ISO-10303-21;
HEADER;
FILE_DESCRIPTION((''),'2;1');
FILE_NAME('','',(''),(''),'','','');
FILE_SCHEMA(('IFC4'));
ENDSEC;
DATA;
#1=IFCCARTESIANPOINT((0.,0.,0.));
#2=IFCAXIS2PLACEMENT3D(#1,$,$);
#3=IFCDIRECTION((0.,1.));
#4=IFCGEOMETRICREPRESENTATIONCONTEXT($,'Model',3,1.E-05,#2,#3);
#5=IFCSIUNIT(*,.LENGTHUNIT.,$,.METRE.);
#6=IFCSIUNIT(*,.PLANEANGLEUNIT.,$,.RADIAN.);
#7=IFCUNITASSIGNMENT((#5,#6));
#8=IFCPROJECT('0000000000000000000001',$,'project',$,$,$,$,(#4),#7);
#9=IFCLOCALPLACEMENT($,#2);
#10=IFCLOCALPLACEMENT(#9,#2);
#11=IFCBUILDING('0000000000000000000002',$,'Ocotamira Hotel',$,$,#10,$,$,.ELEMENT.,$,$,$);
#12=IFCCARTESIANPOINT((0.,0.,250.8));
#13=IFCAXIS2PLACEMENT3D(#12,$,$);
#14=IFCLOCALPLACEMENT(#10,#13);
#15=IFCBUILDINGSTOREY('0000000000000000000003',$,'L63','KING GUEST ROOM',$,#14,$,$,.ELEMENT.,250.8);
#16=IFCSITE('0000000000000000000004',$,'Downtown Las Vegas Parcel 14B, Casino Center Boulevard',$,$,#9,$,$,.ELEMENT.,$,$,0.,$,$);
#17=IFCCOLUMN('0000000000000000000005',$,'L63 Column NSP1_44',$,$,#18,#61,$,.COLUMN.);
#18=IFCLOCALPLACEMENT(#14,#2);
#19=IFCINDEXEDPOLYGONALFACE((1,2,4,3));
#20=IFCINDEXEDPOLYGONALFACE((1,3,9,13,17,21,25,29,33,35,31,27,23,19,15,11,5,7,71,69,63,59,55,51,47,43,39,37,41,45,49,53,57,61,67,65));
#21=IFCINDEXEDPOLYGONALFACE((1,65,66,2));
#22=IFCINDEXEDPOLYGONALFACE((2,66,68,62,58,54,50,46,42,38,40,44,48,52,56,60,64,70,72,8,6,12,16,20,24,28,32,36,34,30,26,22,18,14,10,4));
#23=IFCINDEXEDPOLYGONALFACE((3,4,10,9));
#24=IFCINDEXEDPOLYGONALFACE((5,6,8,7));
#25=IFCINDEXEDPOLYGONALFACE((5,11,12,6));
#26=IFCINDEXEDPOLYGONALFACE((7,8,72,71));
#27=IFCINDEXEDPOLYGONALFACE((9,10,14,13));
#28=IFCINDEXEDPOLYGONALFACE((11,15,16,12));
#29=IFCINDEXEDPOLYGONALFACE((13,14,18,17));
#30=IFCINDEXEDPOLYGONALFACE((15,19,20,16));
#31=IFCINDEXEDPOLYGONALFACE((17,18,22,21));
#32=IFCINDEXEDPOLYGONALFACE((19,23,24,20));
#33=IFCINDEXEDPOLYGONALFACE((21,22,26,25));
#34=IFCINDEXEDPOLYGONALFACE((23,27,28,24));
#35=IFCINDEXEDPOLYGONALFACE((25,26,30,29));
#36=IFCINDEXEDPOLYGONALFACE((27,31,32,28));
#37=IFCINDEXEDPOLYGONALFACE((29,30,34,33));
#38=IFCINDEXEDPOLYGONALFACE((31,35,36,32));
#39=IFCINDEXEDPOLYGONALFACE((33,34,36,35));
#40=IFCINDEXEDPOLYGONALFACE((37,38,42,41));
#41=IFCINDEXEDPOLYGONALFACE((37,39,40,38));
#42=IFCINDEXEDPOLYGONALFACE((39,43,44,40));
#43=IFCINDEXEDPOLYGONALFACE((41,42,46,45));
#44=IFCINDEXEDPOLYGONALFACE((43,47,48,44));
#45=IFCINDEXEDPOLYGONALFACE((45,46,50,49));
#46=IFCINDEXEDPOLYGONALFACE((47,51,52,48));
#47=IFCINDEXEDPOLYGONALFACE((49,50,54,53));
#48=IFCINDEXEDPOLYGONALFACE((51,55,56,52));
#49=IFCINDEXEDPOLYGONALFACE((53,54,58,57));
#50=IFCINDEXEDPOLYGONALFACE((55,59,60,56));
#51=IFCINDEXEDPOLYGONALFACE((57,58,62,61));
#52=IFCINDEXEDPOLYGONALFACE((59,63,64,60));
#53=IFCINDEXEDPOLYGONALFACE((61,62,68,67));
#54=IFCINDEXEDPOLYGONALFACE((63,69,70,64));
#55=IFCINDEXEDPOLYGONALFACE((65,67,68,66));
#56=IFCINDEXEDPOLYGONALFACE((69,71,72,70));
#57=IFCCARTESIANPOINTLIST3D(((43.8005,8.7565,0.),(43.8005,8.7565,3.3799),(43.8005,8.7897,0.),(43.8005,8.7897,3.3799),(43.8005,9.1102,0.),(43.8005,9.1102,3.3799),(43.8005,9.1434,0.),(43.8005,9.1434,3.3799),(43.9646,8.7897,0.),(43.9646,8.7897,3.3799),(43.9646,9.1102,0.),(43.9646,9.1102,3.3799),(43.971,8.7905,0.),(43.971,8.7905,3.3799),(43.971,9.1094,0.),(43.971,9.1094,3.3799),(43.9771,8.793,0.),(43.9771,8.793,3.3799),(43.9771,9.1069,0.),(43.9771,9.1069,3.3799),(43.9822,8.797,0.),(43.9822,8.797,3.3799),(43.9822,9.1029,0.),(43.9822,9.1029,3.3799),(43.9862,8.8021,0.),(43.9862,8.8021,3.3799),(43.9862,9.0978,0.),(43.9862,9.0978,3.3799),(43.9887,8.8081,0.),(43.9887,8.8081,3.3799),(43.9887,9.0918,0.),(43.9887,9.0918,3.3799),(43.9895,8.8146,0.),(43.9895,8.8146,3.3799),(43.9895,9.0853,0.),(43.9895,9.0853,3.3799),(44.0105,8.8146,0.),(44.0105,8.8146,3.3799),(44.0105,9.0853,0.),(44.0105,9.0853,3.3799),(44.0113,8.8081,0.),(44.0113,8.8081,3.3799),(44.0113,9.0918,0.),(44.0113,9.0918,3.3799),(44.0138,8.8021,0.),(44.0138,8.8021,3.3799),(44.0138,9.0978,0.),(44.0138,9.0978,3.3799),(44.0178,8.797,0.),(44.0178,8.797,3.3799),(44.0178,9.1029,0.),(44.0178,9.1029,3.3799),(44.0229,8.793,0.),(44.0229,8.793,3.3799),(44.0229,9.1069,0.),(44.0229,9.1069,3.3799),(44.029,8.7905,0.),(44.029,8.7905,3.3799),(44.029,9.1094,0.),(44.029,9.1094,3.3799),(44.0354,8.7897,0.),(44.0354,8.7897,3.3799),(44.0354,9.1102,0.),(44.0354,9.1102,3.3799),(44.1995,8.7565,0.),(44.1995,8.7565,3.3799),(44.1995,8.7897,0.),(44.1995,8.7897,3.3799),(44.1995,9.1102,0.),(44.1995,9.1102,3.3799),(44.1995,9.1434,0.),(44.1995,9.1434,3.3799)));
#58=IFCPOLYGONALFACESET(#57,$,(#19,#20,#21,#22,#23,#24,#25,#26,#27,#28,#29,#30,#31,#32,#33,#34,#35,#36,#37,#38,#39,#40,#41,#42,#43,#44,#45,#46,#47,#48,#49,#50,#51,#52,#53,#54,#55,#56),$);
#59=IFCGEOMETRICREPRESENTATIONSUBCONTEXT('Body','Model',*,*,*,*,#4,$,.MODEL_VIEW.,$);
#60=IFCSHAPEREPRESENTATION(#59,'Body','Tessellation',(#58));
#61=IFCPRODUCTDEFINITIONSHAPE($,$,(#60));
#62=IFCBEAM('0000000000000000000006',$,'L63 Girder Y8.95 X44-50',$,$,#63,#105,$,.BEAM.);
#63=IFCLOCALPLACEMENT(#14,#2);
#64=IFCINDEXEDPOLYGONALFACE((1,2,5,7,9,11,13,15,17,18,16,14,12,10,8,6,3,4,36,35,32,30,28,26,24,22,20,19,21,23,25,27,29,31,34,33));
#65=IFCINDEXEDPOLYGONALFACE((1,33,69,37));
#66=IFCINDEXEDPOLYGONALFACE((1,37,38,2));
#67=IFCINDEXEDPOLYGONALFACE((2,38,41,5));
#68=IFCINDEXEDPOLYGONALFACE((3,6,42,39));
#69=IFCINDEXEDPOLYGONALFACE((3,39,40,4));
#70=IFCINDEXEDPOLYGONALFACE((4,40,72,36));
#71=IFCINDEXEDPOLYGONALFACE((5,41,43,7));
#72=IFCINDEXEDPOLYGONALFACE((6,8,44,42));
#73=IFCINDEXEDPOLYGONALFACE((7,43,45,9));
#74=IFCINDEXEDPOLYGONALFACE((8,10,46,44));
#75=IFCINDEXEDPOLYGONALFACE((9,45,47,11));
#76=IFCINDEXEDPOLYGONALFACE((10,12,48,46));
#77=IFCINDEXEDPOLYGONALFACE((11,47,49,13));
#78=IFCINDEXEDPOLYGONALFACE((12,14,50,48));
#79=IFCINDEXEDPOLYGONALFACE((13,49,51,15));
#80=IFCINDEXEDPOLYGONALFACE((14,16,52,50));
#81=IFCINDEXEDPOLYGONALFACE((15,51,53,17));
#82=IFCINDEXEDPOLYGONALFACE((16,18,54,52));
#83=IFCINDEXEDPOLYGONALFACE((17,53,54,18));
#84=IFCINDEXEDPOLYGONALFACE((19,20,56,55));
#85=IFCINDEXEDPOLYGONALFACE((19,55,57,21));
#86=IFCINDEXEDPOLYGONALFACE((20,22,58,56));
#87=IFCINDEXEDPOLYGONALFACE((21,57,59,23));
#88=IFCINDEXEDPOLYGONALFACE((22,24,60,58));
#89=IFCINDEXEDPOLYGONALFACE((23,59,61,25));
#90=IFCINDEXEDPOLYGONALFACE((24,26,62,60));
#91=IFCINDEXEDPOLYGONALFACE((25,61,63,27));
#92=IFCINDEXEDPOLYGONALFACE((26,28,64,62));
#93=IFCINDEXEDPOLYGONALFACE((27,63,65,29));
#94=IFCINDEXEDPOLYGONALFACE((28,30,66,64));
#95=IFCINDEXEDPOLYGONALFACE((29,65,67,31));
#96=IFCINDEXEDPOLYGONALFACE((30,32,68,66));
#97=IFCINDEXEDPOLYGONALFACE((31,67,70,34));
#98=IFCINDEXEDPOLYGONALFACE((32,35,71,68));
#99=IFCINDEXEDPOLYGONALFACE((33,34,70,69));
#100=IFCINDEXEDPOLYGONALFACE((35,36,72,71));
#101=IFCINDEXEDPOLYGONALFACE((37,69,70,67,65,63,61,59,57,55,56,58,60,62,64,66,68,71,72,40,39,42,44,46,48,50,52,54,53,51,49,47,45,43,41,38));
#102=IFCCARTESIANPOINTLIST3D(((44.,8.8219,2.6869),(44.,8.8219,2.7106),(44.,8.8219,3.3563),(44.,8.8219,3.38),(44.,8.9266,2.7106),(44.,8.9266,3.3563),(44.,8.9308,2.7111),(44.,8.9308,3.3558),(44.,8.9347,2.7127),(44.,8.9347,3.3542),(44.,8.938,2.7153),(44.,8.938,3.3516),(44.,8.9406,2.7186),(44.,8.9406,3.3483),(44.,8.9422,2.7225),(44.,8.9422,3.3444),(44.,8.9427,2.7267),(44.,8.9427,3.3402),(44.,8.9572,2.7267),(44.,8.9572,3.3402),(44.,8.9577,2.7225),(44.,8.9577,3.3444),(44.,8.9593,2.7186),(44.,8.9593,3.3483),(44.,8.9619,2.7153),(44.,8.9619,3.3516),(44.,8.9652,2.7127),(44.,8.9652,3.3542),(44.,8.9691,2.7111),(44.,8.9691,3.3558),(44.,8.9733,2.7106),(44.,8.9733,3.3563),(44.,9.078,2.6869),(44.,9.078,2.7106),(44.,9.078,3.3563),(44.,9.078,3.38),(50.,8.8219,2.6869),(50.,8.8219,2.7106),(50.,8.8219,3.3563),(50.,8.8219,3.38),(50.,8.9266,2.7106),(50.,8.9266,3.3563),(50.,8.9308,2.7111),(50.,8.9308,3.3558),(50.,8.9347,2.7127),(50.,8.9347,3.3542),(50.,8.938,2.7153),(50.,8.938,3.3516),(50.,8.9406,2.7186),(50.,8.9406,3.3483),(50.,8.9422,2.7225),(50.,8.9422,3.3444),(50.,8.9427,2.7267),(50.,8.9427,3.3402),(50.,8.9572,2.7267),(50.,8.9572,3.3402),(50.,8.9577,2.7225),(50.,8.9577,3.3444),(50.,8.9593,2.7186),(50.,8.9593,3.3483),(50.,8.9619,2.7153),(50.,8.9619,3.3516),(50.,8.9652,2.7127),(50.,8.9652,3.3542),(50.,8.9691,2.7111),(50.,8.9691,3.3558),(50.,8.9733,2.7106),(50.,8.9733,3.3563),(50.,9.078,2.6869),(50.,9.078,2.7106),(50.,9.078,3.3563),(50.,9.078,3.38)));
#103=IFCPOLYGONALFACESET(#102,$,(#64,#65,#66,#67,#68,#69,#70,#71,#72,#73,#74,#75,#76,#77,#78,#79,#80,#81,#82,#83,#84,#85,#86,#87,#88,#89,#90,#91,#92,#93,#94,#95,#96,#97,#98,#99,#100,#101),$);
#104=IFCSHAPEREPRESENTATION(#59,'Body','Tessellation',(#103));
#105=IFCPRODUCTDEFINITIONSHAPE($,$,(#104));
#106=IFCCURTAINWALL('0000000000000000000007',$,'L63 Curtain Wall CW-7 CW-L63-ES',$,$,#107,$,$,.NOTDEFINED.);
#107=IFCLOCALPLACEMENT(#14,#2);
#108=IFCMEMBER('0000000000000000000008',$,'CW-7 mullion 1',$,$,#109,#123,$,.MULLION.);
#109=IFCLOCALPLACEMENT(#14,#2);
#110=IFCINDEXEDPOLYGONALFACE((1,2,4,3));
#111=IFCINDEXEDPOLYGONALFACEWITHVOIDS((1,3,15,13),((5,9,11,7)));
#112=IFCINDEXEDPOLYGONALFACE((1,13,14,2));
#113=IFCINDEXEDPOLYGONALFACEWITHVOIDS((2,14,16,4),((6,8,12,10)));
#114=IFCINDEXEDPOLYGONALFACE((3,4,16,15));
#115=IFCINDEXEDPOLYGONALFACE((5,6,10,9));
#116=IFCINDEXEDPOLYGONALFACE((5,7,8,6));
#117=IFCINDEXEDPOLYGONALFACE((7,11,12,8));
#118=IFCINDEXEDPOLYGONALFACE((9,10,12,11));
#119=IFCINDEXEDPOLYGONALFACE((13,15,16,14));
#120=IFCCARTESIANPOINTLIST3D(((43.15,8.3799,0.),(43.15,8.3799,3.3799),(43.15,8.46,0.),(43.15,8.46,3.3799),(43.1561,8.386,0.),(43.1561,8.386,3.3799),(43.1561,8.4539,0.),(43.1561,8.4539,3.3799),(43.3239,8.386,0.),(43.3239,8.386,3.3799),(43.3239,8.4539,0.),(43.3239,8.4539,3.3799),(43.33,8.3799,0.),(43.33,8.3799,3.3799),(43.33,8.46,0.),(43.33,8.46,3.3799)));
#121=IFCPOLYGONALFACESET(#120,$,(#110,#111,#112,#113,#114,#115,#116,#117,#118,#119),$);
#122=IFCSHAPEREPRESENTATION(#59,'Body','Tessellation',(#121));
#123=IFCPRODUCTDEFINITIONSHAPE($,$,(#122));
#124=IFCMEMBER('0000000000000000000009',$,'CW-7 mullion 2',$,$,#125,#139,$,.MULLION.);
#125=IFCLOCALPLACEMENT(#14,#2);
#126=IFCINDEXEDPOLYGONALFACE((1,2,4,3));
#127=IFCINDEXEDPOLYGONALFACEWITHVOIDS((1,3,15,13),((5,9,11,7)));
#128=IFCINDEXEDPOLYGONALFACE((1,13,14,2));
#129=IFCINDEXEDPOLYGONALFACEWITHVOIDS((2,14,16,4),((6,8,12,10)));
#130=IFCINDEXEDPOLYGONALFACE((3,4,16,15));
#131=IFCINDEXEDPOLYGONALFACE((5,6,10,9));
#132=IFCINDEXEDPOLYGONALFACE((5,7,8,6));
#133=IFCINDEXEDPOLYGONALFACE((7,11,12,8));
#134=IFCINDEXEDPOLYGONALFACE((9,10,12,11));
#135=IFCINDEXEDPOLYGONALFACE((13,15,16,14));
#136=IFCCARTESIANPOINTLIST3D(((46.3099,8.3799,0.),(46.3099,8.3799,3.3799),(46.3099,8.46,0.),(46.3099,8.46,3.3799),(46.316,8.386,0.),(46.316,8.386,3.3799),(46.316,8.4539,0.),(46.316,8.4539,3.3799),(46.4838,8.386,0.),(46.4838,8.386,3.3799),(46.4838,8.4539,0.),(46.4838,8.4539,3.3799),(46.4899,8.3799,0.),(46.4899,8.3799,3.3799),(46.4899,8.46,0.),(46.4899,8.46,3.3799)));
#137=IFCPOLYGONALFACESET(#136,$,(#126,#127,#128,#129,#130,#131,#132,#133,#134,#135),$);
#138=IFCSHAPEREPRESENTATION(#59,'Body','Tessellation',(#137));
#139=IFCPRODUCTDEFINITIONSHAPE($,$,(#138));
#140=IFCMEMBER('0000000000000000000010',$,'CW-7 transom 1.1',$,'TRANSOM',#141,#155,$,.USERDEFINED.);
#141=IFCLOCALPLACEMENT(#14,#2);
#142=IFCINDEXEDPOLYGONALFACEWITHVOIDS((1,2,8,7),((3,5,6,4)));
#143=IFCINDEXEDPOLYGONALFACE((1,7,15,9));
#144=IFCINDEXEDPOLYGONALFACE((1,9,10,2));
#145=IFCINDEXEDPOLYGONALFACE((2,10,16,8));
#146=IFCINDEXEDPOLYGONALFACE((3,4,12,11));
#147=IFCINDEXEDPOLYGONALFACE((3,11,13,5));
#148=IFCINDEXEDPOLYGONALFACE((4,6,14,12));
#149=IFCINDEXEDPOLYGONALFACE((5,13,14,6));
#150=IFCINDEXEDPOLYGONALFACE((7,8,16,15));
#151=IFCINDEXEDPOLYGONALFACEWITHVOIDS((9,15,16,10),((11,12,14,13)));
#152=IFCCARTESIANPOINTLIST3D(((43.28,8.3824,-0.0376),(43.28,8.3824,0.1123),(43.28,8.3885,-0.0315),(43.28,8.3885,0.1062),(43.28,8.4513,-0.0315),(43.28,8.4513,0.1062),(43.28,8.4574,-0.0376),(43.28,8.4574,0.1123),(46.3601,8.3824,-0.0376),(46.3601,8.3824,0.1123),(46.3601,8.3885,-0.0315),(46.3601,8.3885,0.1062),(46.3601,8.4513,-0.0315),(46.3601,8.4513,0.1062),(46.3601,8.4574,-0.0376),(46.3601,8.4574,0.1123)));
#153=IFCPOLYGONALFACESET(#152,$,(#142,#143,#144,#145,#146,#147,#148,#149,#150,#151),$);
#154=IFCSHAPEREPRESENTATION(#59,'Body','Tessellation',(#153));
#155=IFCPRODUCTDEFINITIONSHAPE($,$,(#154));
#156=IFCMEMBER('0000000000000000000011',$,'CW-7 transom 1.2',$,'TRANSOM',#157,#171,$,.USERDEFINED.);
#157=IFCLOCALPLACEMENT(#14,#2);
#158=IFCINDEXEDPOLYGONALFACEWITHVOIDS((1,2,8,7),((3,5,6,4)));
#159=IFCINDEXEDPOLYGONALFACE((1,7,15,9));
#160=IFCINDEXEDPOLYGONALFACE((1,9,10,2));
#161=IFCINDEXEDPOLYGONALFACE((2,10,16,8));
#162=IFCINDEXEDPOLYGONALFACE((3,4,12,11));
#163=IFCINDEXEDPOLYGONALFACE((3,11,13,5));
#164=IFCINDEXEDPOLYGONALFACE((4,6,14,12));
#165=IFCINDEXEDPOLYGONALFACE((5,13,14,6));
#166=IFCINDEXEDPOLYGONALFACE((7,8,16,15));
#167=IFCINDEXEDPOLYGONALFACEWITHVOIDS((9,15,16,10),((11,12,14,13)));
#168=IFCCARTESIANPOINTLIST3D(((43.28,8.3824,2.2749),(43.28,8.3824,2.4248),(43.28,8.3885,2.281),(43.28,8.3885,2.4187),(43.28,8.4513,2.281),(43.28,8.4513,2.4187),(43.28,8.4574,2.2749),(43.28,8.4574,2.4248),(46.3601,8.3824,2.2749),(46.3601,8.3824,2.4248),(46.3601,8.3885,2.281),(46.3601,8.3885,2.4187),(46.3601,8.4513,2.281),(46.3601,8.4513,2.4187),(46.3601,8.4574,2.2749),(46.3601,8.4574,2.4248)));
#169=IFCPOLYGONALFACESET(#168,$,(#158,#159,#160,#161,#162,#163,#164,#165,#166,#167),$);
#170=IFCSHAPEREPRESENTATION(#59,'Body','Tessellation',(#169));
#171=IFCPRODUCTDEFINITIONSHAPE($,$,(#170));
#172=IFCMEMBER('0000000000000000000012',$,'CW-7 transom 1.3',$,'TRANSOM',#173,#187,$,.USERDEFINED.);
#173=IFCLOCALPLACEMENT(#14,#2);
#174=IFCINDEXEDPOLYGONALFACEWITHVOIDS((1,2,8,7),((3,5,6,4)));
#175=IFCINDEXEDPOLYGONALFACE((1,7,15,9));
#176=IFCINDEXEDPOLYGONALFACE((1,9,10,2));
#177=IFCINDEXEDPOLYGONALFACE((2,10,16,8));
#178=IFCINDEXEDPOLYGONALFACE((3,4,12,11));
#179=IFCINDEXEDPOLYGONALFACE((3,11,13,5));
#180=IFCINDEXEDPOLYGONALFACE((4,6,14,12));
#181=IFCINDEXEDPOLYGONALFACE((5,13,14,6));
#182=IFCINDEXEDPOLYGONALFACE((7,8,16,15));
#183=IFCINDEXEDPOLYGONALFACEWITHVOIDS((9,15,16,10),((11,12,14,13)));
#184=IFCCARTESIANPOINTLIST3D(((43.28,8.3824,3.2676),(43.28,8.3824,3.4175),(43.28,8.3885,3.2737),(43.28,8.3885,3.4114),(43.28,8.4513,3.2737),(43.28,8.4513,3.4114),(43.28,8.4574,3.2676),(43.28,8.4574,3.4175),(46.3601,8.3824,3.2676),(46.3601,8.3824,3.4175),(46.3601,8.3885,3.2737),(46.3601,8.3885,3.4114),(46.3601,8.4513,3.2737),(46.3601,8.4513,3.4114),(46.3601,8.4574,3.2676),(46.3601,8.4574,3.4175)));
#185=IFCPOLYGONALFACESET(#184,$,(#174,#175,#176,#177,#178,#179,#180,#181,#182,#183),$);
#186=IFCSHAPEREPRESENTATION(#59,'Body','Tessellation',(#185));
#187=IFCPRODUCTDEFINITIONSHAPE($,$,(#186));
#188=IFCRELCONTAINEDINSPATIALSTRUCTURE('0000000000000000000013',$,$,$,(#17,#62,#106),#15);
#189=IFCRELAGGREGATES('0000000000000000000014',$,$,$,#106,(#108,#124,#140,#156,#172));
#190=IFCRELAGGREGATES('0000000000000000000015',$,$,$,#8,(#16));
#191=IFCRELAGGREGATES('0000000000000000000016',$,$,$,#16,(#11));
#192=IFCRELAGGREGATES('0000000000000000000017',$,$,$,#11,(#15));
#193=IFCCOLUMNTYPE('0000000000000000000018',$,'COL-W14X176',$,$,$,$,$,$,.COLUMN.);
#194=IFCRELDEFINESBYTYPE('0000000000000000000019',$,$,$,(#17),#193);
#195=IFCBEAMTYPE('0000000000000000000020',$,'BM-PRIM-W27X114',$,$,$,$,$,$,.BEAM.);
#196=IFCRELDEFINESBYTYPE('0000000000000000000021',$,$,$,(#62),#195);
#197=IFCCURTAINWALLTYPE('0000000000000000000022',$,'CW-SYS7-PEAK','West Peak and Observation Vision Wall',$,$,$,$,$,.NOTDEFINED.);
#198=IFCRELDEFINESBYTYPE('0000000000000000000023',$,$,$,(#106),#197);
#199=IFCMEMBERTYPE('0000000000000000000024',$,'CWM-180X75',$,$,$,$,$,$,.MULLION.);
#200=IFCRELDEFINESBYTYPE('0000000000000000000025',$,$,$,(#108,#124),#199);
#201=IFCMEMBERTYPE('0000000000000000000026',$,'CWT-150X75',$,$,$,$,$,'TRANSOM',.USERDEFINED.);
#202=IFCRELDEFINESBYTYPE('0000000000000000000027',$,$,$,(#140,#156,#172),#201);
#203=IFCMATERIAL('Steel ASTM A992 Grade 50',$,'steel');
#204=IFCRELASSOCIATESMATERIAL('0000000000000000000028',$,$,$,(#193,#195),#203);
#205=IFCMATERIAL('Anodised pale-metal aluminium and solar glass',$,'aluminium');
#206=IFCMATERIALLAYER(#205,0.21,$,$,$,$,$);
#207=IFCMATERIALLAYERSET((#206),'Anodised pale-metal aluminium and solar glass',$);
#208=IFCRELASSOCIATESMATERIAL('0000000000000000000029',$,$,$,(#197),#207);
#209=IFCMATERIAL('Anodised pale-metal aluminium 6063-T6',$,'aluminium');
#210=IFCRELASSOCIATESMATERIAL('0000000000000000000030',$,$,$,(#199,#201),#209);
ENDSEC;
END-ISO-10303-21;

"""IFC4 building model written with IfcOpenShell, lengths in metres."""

from ifc_helpers import new_model, si_unit, direction, frame, origin, origin_2d, place, context, subcontext, project, spatial, hollow_rectangle, i_section, extrude, source, transform, mapped, material, layer, layer_set, material_profile, profile_set, type_object, element, aggregate, save


model = new_model("IFC4")

# Units and contexts
model_context = context("Model", 3, precision=1e-05, world=origin(), true_north=direction((0.0, 1.0)))
body_context = subcontext(model_context, "Body", "Model", "MODEL_VIEW")
ifc_project = project(units=[si_unit("LENGTHUNIT", "METRE"), si_unit("PLANEANGLEUNIT", "RADIAN")], contexts=[model_context])

# Site, building, storey
site_placement = place(None, origin())
site = spatial("IfcSite", under=ifc_project, at=site_placement, Name="Downtown Las Vegas Parcel 14B, Casino Center Boulevard", CompositionType="ELEMENT", RefElevation=0.0)
building_placement = place(site_placement, origin())
building = spatial("IfcBuilding", under=site, at=building_placement, Name="Ocotamira Hotel", CompositionType="ELEMENT")
storey_placement = place(building_placement, frame((0.0, 0.0, 250.8)))
storey = spatial("IfcBuildingStorey", under=building, at=storey_placement, Name="L63", Description="KING GUEST ROOM", CompositionType="ELEMENT", Elevation=250.8)

# Column
ifc_material_1 = material(Name="Steel ASTM A992 Grade 50", Category="steel")
ifc_material_profile_1 = material_profile(ifc_material_1, i_section(OverallWidth=0.3989, OverallDepth=0.387, WebThickness=0.021, FlangeThickness=0.0332, FilletRadius=0.0249, at=origin_2d()), Name="W14X176")
ifc_profile_set_1 = profile_set([ifc_material_profile_1], Name="Steel ASTM A992 Grade 50")
column_type = type_object("IfcColumnType", Name="COL-W14X176", PredefinedType="COLUMN", material=ifc_profile_set_1)
shared_shape_1 = source(origin(), body_context, "Body", "SweptSolid", [
    extrude(i_section(OverallWidth=0.3989, OverallDepth=0.387, WebThickness=0.021, FlangeThickness=0.0332, FilletRadius=0.0249, at=origin_2d()), origin(), (0.0, 0.0, 1.0), 3.3799),
])
column_placement = place(storey_placement, frame((44.0, 8.95, 0.0), z_axis=(0.0, 0.0, 1.0), x_axis=(1.0, 0.0, 0.0)))
element("IfcColumn", 1, at=column_placement, inside=storey, type_object=column_type, Name="L63 Column NSP1_44", PredefinedType="COLUMN", context=body_context, shape_type="MappedRepresentation", body=[
    mapped(shared_shape_1, transform((0.0, 0.0, 0.0), scale=1.0)),
])

# Beam
ifc_material_profile_2 = material_profile(ifc_material_1, i_section(OverallWidth=0.2561, OverallDepth=0.6931, WebThickness=0.0144, FlangeThickness=0.0237, FilletRadius=0.0161, at=origin_2d()), Name="W27X114")
ifc_profile_set_2 = profile_set([ifc_material_profile_2], Name="Steel ASTM A992 Grade 50")
beam_type = type_object("IfcBeamType", Name="BM-PRIM-W27X114", PredefinedType="BEAM", material=ifc_profile_set_2)
shared_shape_2 = source(origin(), body_context, "Body", "SweptSolid", [
    extrude(i_section(OverallWidth=0.2561, OverallDepth=0.6931, WebThickness=0.0144, FlangeThickness=0.0237, FilletRadius=0.0161, at=origin_2d()), origin(), (0.0, 0.0, 1.0), 6.0),
])
beam_placement = place(storey_placement, frame((44.0, 8.95, 3.0334), z_axis=(1.0, 0.0, 0.0), x_axis=(0.0, 1.0, 0.0)))
element("IfcBeam", 2, at=beam_placement, inside=storey, type_object=beam_type, Name="L63 Girder Y8.95 X44-50", PredefinedType="BEAM", context=body_context, shape_type="MappedRepresentation", body=[
    mapped(shared_shape_2, transform((0.0, 0.0, 0.0), scale=1.0)),
])

# Curtain wall, members
ifc_material_2 = material(Name="Anodised pale-metal aluminium and solar glass", Category="aluminium")
ifc_layer_1 = layer(ifc_material_2, 0.21)
ifc_layer_set_1 = layer_set([ifc_layer_1], Name="Anodised pale-metal aluminium and solar glass")
curtain_wall_type = type_object("IfcCurtainWallType", Name="CW-SYS7-PEAK", Description="West Peak and Observation Vision Wall", PredefinedType="NOTDEFINED", material=ifc_layer_set_1)
curtain_wall_placement = place(storey_placement, origin())
curtain_wall = element("IfcCurtainWall", 3, at=curtain_wall_placement, inside=storey, type_object=curtain_wall_type, Name="L63 Curtain Wall CW-7 CW-L63-ES", PredefinedType="NOTDEFINED")
ifc_material_3 = material(Name="Anodised pale-metal aluminium 6063-T6", Category="aluminium")
ifc_material_profile_3 = material_profile(ifc_material_3, hollow_rectangle(XDim=0.0801, YDim=0.1799, WallThickness=0.0061, at=origin_2d()), Name="HSS180X80X6")
ifc_profile_set_3 = profile_set([ifc_material_profile_3], Name="Anodised pale-metal aluminium 6063-T6")
member_type_1 = type_object("IfcMemberType", Name="CWM-180X75", PredefinedType="MULLION", material=ifc_profile_set_3)
shared_shape_3 = source(origin(), body_context, "Body", "SweptSolid", [
    extrude(hollow_rectangle(XDim=0.0801, YDim=0.1799, WallThickness=0.0061, at=origin_2d()), origin(), (0.0, 0.0, 1.0), 3.3799),
])
member_1_placement = place(storey_placement, frame((43.24, 8.4199, 0.0), z_axis=(0.0, 0.0, 1.0), x_axis=(0.0, 1.0, 0.0)))
member_1 = element("IfcMember", 4, at=member_1_placement, type_object=member_type_1, Name="CW-7 mullion 1", PredefinedType="MULLION", context=body_context, shape_type="MappedRepresentation", body=[
    mapped(shared_shape_3, transform((0.0, 0.0, 0.0), scale=1.0)),
])
member_2_placement = place(storey_placement, frame((46.3999, 8.4199, 0.0), z_axis=(0.0, 0.0, 1.0), x_axis=(0.0, 1.0, 0.0)))
member_2 = element("IfcMember", 5, at=member_2_placement, type_object=member_type_1, Name="CW-7 mullion 2", PredefinedType="MULLION", context=body_context, shape_type="MappedRepresentation", body=[
    mapped(shared_shape_3, transform((0.0, 0.0, 0.0), scale=1.0)),
])
ifc_material_profile_4 = material_profile(ifc_material_3, hollow_rectangle(XDim=0.075, YDim=0.1499, WallThickness=0.0061, at=origin_2d()), Name="HSS150X75X6")
ifc_profile_set_4 = profile_set([ifc_material_profile_4], Name="Anodised pale-metal aluminium 6063-T6")
member_type_2 = type_object("IfcMemberType", Name="CWT-150X75", ElementType="TRANSOM", PredefinedType="USERDEFINED", material=ifc_profile_set_4)
shared_shape_4 = source(origin(), body_context, "Body", "SweptSolid", [
    extrude(hollow_rectangle(XDim=0.075, YDim=0.1499, WallThickness=0.0061, at=origin_2d()), origin(), (0.0, 0.0, 1.0), 3.0801),
])
member_3_placement = place(storey_placement, frame((43.28, 8.4199, 0.0374), z_axis=(1.0, 0.0, 0.0), x_axis=(0.0, 1.0, 0.0)))
member_3 = element("IfcMember", 6, at=member_3_placement, type_object=member_type_2, Name="CW-7 transom 1.1", ObjectType="TRANSOM", PredefinedType="USERDEFINED", context=body_context, shape_type="MappedRepresentation", body=[
    mapped(shared_shape_4, transform((0.0, 0.0, 0.0), scale=1.0)),
])
member_4_placement = place(storey_placement, frame((43.28, 8.4199, 2.3499), z_axis=(1.0, 0.0, 0.0), x_axis=(0.0, 1.0, 0.0)))
member_4 = element("IfcMember", 7, at=member_4_placement, type_object=member_type_2, Name="CW-7 transom 1.2", ObjectType="TRANSOM", PredefinedType="USERDEFINED", context=body_context, shape_type="MappedRepresentation", body=[
    mapped(shared_shape_4, transform((0.0, 0.0, 0.0), scale=1.0)),
])
member_5_placement = place(storey_placement, frame((43.28, 8.4199, 3.3425), z_axis=(1.0, 0.0, 0.0), x_axis=(0.0, 1.0, 0.0)))
member_5 = element("IfcMember", 8, at=member_5_placement, type_object=member_type_2, Name="CW-7 transom 1.3", ObjectType="TRANSOM", PredefinedType="USERDEFINED", context=body_context, shape_type="MappedRepresentation", body=[
    mapped(shared_shape_4, transform((0.0, 0.0, 0.0), scale=1.0)),
])
aggregate(curtain_wall, [member_1, member_2, member_3, member_4, member_5])

save(model, "model.ifc")
